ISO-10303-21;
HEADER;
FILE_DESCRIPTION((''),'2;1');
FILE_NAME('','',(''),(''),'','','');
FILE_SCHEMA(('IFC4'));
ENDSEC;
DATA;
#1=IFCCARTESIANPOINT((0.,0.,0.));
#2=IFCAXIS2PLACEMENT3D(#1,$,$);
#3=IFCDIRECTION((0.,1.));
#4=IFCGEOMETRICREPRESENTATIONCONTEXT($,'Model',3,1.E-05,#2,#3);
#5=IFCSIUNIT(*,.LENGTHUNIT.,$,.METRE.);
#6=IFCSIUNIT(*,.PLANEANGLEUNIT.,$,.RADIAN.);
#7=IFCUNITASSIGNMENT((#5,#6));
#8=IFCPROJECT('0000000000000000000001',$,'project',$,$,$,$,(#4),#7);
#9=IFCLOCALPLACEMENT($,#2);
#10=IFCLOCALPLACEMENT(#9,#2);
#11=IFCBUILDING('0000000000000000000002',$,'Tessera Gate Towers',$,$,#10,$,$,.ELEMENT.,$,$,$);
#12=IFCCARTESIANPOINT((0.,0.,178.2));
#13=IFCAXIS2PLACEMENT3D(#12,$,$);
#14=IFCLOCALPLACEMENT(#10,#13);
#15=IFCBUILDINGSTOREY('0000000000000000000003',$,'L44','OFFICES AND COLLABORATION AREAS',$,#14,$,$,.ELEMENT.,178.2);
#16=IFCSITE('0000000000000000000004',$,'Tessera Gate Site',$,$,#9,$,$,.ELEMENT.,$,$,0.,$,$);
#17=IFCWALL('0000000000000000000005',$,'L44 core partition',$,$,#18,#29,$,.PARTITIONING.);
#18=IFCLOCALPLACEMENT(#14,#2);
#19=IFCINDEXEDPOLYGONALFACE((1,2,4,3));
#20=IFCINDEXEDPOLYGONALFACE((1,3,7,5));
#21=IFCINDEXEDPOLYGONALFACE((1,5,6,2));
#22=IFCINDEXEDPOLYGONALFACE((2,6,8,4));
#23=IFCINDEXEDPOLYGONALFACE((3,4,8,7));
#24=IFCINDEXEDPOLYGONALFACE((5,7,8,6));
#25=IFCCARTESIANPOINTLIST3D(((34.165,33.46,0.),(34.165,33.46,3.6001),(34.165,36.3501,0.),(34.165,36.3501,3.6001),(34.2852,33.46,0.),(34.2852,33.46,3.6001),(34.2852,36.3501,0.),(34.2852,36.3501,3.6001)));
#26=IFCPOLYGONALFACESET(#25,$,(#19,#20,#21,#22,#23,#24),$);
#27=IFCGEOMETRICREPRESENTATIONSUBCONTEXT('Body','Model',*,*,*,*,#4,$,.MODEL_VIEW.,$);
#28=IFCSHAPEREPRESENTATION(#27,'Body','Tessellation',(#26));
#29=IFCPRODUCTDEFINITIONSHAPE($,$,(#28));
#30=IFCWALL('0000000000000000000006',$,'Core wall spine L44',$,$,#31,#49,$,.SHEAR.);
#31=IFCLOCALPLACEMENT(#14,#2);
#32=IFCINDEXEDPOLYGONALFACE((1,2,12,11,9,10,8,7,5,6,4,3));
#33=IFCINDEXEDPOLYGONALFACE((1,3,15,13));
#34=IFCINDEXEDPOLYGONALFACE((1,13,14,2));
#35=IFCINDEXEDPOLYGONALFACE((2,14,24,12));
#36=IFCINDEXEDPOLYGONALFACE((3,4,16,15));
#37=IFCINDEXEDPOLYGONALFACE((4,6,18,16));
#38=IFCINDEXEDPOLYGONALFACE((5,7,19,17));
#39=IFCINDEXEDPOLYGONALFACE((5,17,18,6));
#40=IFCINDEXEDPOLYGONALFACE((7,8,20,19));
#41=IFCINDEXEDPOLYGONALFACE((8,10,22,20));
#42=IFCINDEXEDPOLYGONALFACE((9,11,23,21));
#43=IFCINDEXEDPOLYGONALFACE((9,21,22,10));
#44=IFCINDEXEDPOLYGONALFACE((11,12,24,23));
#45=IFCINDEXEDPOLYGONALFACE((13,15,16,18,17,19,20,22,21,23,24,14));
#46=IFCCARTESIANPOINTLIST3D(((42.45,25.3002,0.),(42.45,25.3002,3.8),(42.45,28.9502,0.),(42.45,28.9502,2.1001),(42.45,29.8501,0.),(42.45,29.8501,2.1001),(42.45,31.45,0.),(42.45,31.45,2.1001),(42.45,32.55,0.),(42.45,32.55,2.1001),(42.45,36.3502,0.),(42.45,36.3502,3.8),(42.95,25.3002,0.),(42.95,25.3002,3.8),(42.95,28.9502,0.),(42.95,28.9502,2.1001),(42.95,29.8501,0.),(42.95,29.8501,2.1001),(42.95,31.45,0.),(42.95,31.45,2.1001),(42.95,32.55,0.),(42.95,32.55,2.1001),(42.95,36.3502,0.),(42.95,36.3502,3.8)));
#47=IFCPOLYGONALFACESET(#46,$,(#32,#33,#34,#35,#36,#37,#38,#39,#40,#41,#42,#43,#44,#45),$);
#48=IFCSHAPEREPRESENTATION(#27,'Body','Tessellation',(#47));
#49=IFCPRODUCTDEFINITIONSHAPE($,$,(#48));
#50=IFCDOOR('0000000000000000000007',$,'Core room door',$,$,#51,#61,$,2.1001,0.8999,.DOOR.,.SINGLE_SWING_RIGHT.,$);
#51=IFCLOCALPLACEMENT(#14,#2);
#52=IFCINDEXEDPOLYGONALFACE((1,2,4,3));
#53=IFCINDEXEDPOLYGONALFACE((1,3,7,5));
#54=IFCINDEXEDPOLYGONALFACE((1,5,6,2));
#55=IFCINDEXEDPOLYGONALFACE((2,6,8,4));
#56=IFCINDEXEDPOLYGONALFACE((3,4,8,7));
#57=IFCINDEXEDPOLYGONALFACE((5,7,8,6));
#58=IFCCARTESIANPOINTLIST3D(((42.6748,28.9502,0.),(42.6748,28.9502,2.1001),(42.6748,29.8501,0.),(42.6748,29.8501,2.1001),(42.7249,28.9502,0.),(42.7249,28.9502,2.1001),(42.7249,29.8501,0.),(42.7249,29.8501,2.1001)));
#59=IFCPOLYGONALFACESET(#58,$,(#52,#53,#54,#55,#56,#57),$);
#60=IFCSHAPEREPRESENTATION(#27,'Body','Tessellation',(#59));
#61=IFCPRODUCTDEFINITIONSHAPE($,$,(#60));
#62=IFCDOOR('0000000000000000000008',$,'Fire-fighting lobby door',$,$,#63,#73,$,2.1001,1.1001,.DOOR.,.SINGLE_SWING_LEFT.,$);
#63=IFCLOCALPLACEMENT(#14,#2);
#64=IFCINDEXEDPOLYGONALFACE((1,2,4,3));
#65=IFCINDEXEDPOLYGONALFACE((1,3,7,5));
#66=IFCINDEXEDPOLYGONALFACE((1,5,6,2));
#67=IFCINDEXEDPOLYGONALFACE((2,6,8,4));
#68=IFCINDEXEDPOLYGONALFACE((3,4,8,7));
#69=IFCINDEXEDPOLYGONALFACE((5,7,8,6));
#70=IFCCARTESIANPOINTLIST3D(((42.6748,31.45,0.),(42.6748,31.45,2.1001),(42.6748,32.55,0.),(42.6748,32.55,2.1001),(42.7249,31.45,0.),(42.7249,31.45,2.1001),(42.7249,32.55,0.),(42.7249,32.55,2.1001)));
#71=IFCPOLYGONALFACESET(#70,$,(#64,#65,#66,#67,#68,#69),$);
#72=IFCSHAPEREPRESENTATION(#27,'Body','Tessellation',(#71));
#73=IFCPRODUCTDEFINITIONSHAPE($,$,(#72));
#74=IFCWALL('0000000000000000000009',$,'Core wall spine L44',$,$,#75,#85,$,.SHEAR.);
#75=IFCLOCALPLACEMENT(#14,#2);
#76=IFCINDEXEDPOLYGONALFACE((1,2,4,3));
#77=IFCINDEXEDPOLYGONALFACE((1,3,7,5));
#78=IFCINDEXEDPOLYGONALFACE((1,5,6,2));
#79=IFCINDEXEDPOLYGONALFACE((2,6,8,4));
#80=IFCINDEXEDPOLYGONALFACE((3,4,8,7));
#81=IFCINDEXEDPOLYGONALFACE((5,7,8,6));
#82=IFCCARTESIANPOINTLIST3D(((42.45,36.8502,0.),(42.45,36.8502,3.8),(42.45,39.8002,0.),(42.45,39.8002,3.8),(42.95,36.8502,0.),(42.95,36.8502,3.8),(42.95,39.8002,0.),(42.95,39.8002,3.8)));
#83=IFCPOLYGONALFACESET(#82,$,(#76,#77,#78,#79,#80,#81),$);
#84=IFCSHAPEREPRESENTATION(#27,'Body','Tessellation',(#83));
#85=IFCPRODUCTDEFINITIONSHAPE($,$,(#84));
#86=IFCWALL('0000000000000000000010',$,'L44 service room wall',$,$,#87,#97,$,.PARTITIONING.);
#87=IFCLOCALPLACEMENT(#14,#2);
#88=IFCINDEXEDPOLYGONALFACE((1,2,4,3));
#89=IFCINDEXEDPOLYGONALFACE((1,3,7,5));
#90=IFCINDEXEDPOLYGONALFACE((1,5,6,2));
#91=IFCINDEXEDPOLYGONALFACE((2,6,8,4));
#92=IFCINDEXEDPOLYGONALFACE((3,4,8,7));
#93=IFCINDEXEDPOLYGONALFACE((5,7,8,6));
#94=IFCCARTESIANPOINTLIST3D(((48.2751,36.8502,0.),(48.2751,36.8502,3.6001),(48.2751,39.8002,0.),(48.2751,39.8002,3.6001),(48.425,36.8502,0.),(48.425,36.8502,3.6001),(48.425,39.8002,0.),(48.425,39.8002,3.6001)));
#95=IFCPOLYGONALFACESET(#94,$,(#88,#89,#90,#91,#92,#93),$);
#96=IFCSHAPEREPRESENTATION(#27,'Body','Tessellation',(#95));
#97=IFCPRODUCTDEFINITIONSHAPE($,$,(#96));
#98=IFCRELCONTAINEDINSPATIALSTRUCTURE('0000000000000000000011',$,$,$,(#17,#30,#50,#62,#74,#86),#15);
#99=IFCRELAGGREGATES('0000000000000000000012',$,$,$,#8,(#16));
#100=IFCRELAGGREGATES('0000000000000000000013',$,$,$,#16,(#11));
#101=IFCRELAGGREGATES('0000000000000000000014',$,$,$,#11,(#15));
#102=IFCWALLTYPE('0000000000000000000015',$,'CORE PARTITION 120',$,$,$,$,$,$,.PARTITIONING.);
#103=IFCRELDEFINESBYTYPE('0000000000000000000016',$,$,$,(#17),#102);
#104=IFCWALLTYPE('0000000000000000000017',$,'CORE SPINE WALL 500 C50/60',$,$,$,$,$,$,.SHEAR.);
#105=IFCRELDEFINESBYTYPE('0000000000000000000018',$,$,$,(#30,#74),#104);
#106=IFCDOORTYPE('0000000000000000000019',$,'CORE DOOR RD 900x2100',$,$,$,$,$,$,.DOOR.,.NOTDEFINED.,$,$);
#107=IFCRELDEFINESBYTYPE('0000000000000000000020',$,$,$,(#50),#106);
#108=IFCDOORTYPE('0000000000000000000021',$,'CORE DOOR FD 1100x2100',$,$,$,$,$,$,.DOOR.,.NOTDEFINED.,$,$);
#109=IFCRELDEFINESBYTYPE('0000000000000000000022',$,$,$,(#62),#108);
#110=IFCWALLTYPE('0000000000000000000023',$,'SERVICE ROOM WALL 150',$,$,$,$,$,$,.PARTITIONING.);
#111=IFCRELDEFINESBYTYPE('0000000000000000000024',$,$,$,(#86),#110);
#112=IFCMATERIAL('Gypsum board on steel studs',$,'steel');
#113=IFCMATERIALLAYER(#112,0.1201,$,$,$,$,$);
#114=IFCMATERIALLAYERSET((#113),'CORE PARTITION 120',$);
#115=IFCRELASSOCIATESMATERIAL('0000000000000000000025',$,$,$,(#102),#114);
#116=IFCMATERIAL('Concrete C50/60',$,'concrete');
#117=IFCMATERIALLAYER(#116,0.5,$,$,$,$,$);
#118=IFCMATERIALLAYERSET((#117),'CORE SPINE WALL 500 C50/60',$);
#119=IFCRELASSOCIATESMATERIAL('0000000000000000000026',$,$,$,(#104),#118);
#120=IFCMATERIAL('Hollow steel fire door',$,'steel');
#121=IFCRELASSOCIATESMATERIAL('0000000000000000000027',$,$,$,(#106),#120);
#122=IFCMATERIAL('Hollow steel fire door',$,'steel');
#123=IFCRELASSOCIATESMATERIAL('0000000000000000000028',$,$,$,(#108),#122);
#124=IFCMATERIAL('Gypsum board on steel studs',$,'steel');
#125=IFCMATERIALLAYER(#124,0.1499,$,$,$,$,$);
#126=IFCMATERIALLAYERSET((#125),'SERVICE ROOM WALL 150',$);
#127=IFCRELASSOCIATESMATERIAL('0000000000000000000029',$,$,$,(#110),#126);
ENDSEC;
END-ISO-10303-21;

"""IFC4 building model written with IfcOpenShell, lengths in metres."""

from ifc_helpers import new_model, si_unit, direction, frame, frame_2d, origin, place, context, subcontext, project, spatial, rectangle, extrude, source, transform, mapped, material, layer, layer_set, type_object, element, fill, save


model = new_model("IFC4")

# Units and contexts
model_context = context("Model", 3, precision=1e-05, world=origin(), true_north=direction((0.0, 1.0)))
body_context = subcontext(model_context, "Body", "Model", "MODEL_VIEW")
ifc_project = project(units=[si_unit("LENGTHUNIT", "METRE"), si_unit("PLANEANGLEUNIT", "RADIAN")], contexts=[model_context])

# Site, building, storey
site_placement = place(None, origin())
site = spatial("IfcSite", under=ifc_project, at=site_placement, Name="Tessera Gate Site", CompositionType="ELEMENT", RefElevation=0.0)
building_placement = place(site_placement, origin())
building = spatial("IfcBuilding", under=site, at=building_placement, Name="Tessera Gate Towers", CompositionType="ELEMENT")
storey_placement = place(building_placement, frame((0.0, 0.0, 178.2)))
storey = spatial("IfcBuildingStorey", under=building, at=storey_placement, Name="L44", Description="OFFICES AND COLLABORATION AREAS", CompositionType="ELEMENT", Elevation=178.2)

# Wall
ifc_material_1 = material(Name="Gypsum board on steel studs", Category="steel")
ifc_layer_1 = layer(ifc_material_1, 0.1201)
ifc_layer_set_1 = layer_set([ifc_layer_1], Name="CORE PARTITION 120")
wall_type_1 = type_object("IfcWallType", Name="CORE PARTITION 120", PredefinedType="PARTITIONING", material=ifc_layer_set_1)
wall_1_placement = place(storey_placement, frame((34.2251, 33.46, 0.0), z_axis=(0.0, 0.0, 1.0), x_axis=(0.0, 1.0, 0.0)))
element("IfcWall", 1, at=wall_1_placement, inside=storey, type_object=wall_type_1, Name="L44 core partition", PredefinedType="PARTITIONING", context=body_context, shape_type="SweptSolid", body=[
    extrude(rectangle(XDim=2.8901, YDim=0.1201, at=frame_2d((1.4451, 0.0))), origin(), (0.0, 0.0, 1.0), 3.6001),
])

# Wall, openings, doors
ifc_material_2 = material(Name="Concrete C50/60", Category="concrete")
ifc_layer_2 = layer(ifc_material_2, 0.5)
ifc_layer_set_2 = layer_set([ifc_layer_2], Name="CORE SPINE WALL 500 C50/60")
wall_type_2 = type_object("IfcWallType", Name="CORE SPINE WALL 500 C50/60", PredefinedType="SHEAR", material=ifc_layer_set_2)
wall_2_placement = place(storey_placement, frame((42.7, 36.3501, 0.0), z_axis=(0.0, 0.0, 1.0), x_axis=(0.0, -1.0, 0.0)))
wall_2 = element("IfcWall", 2, at=wall_2_placement, inside=storey, type_object=wall_type_2, Name="Core wall spine L44", PredefinedType="SHEAR", context=body_context, shape_type="SweptSolid", body=[
    extrude(rectangle(XDim=11.05, YDim=0.5, at=frame_2d((5.5249, 0.0))), origin(), (0.0, 0.0, 1.0), 3.8),
])
shared_shape_1 = source(origin(), body_context, "Body", "SweptSolid", [
    extrude(rectangle(XDim=0.8999, YDim=2.1001, at=frame_2d((0.45, 1.05))), frame((0.0, 0.26, 0.0), z_axis=(0.0, -1.0, 0.0), x_axis=(1.0, 0.0, 0.0)), (0.0, 0.0, 1.0), 0.52),
])
opening_1_placement = place(wall_2_placement, frame((6.5, 0.0, 0.0)))
opening_1 = element("IfcOpeningElement", 3, at=opening_1_placement, cuts=wall_2, PredefinedType="OPENING", context=body_context, shape_type="MappedRepresentation", body=[
    mapped(shared_shape_1, transform((0.0, 0.0, 0.0), scale=1.0)),
])
shared_shape_2 = source(origin(), body_context, "Body", "SweptSolid", [
    extrude(rectangle(XDim=1.1001, YDim=2.1001, at=frame_2d((0.55, 1.05))), frame((0.0, 0.26, 0.0), z_axis=(0.0, -1.0, 0.0), x_axis=(1.0, 0.0, 0.0)), (0.0, 0.0, 1.0), 0.52),
])
opening_2_placement = place(wall_2_placement, frame((3.8, 0.0, 0.0)))
opening_2 = element("IfcOpeningElement", 4, at=opening_2_placement, cuts=wall_2, PredefinedType="OPENING", context=body_context, shape_type="MappedRepresentation", body=[
    mapped(shared_shape_2, transform((0.0, 0.0, 0.0), scale=1.0)),
])
ifc_material_3 = material(Name="Hollow steel fire door", Category="steel")
door_type_1 = type_object("IfcDoorType", Name="CORE DOOR RD 900x2100", OperationType="NOTDEFINED", PredefinedType="DOOR", material=ifc_material_3)
shared_shape_3 = source(origin(), body_context, "Body", "SweptSolid", [
    extrude(rectangle(XDim=0.8999, YDim=2.1001, at=frame_2d((0.45, 1.05))), frame((0.0, 0.0249, 0.0), z_axis=(0.0, -1.0, 0.0), x_axis=(1.0, 0.0, 0.0)), (0.0, 0.0, 1.0), 0.05),
])
door_1_placement = place(opening_1_placement, origin())
door_1 = element("IfcDoor", 5, at=door_1_placement, inside=storey, type_object=door_type_1, Name="Core room door", OperationType="SINGLE_SWING_RIGHT", OverallHeight=2.1001, OverallWidth=0.8999, PredefinedType="DOOR", context=body_context, shape_type="MappedRepresentation", body=[
    mapped(shared_shape_3, transform((0.0, 0.0, 0.0), scale=1.0)),
])
fill(opening_1, door_1)
ifc_material_4 = material(Name="Hollow steel fire door", Category="steel")
door_type_2 = type_object("IfcDoorType", Name="CORE DOOR FD 1100x2100", OperationType="NOTDEFINED", PredefinedType="DOOR", material=ifc_material_4)
shared_shape_4 = source(origin(), body_context, "Body", "SweptSolid", [
    extrude(rectangle(XDim=1.1001, YDim=2.1001, at=frame_2d((0.55, 1.05))), frame((0.0, 0.0249, 0.0), z_axis=(0.0, -1.0, 0.0), x_axis=(1.0, 0.0, 0.0)), (0.0, 0.0, 1.0), 0.05),
])
door_2_placement = place(opening_2_placement, origin())
door_2 = element("IfcDoor", 6, at=door_2_placement, inside=storey, type_object=door_type_2, Name="Fire-fighting lobby door", OperationType="SINGLE_SWING_LEFT", OverallHeight=2.1001, OverallWidth=1.1001, PredefinedType="DOOR", context=body_context, shape_type="MappedRepresentation", body=[
    mapped(shared_shape_4, transform((0.0, 0.0, 0.0), scale=1.0)),
])
fill(opening_2, door_2)

# Walls
wall_3_placement = place(storey_placement, frame((42.7, 36.8501, 0.0), z_axis=(0.0, 0.0, 1.0), x_axis=(0.0, 1.0, 0.0)))
element("IfcWall", 7, at=wall_3_placement, inside=storey, type_object=wall_type_2, Name="Core wall spine L44", PredefinedType="SHEAR", context=body_context, shape_type="SweptSolid", body=[
    extrude(rectangle(XDim=2.95, YDim=0.5, at=frame_2d((1.4751, 0.0))), origin(), (0.0, 0.0, 1.0), 3.8),
])
ifc_material_5 = material(Name="Gypsum board on steel studs", Category="steel")
ifc_layer_3 = layer(ifc_material_5, 0.1499)
ifc_layer_set_3 = layer_set([ifc_layer_3], Name="SERVICE ROOM WALL 150")
wall_type_3 = type_object("IfcWallType", Name="SERVICE ROOM WALL 150", PredefinedType="PARTITIONING", material=ifc_layer_set_3)
wall_4_placement = place(storey_placement, frame((48.3501, 36.8501, 0.0), z_axis=(0.0, 0.0, 1.0), x_axis=(0.0, 1.0, 0.0)))
element("IfcWall", 8, at=wall_4_placement, inside=storey, type_object=wall_type_3, Name="L44 service room wall", PredefinedType="PARTITIONING", context=body_context, shape_type="SweptSolid", body=[
    extrude(rectangle(XDim=2.95, YDim=0.1499, at=frame_2d((1.4751, 0.0))), origin(), (0.0, 0.0, 1.0), 3.6001),
])

save(model, "model.ifc")
